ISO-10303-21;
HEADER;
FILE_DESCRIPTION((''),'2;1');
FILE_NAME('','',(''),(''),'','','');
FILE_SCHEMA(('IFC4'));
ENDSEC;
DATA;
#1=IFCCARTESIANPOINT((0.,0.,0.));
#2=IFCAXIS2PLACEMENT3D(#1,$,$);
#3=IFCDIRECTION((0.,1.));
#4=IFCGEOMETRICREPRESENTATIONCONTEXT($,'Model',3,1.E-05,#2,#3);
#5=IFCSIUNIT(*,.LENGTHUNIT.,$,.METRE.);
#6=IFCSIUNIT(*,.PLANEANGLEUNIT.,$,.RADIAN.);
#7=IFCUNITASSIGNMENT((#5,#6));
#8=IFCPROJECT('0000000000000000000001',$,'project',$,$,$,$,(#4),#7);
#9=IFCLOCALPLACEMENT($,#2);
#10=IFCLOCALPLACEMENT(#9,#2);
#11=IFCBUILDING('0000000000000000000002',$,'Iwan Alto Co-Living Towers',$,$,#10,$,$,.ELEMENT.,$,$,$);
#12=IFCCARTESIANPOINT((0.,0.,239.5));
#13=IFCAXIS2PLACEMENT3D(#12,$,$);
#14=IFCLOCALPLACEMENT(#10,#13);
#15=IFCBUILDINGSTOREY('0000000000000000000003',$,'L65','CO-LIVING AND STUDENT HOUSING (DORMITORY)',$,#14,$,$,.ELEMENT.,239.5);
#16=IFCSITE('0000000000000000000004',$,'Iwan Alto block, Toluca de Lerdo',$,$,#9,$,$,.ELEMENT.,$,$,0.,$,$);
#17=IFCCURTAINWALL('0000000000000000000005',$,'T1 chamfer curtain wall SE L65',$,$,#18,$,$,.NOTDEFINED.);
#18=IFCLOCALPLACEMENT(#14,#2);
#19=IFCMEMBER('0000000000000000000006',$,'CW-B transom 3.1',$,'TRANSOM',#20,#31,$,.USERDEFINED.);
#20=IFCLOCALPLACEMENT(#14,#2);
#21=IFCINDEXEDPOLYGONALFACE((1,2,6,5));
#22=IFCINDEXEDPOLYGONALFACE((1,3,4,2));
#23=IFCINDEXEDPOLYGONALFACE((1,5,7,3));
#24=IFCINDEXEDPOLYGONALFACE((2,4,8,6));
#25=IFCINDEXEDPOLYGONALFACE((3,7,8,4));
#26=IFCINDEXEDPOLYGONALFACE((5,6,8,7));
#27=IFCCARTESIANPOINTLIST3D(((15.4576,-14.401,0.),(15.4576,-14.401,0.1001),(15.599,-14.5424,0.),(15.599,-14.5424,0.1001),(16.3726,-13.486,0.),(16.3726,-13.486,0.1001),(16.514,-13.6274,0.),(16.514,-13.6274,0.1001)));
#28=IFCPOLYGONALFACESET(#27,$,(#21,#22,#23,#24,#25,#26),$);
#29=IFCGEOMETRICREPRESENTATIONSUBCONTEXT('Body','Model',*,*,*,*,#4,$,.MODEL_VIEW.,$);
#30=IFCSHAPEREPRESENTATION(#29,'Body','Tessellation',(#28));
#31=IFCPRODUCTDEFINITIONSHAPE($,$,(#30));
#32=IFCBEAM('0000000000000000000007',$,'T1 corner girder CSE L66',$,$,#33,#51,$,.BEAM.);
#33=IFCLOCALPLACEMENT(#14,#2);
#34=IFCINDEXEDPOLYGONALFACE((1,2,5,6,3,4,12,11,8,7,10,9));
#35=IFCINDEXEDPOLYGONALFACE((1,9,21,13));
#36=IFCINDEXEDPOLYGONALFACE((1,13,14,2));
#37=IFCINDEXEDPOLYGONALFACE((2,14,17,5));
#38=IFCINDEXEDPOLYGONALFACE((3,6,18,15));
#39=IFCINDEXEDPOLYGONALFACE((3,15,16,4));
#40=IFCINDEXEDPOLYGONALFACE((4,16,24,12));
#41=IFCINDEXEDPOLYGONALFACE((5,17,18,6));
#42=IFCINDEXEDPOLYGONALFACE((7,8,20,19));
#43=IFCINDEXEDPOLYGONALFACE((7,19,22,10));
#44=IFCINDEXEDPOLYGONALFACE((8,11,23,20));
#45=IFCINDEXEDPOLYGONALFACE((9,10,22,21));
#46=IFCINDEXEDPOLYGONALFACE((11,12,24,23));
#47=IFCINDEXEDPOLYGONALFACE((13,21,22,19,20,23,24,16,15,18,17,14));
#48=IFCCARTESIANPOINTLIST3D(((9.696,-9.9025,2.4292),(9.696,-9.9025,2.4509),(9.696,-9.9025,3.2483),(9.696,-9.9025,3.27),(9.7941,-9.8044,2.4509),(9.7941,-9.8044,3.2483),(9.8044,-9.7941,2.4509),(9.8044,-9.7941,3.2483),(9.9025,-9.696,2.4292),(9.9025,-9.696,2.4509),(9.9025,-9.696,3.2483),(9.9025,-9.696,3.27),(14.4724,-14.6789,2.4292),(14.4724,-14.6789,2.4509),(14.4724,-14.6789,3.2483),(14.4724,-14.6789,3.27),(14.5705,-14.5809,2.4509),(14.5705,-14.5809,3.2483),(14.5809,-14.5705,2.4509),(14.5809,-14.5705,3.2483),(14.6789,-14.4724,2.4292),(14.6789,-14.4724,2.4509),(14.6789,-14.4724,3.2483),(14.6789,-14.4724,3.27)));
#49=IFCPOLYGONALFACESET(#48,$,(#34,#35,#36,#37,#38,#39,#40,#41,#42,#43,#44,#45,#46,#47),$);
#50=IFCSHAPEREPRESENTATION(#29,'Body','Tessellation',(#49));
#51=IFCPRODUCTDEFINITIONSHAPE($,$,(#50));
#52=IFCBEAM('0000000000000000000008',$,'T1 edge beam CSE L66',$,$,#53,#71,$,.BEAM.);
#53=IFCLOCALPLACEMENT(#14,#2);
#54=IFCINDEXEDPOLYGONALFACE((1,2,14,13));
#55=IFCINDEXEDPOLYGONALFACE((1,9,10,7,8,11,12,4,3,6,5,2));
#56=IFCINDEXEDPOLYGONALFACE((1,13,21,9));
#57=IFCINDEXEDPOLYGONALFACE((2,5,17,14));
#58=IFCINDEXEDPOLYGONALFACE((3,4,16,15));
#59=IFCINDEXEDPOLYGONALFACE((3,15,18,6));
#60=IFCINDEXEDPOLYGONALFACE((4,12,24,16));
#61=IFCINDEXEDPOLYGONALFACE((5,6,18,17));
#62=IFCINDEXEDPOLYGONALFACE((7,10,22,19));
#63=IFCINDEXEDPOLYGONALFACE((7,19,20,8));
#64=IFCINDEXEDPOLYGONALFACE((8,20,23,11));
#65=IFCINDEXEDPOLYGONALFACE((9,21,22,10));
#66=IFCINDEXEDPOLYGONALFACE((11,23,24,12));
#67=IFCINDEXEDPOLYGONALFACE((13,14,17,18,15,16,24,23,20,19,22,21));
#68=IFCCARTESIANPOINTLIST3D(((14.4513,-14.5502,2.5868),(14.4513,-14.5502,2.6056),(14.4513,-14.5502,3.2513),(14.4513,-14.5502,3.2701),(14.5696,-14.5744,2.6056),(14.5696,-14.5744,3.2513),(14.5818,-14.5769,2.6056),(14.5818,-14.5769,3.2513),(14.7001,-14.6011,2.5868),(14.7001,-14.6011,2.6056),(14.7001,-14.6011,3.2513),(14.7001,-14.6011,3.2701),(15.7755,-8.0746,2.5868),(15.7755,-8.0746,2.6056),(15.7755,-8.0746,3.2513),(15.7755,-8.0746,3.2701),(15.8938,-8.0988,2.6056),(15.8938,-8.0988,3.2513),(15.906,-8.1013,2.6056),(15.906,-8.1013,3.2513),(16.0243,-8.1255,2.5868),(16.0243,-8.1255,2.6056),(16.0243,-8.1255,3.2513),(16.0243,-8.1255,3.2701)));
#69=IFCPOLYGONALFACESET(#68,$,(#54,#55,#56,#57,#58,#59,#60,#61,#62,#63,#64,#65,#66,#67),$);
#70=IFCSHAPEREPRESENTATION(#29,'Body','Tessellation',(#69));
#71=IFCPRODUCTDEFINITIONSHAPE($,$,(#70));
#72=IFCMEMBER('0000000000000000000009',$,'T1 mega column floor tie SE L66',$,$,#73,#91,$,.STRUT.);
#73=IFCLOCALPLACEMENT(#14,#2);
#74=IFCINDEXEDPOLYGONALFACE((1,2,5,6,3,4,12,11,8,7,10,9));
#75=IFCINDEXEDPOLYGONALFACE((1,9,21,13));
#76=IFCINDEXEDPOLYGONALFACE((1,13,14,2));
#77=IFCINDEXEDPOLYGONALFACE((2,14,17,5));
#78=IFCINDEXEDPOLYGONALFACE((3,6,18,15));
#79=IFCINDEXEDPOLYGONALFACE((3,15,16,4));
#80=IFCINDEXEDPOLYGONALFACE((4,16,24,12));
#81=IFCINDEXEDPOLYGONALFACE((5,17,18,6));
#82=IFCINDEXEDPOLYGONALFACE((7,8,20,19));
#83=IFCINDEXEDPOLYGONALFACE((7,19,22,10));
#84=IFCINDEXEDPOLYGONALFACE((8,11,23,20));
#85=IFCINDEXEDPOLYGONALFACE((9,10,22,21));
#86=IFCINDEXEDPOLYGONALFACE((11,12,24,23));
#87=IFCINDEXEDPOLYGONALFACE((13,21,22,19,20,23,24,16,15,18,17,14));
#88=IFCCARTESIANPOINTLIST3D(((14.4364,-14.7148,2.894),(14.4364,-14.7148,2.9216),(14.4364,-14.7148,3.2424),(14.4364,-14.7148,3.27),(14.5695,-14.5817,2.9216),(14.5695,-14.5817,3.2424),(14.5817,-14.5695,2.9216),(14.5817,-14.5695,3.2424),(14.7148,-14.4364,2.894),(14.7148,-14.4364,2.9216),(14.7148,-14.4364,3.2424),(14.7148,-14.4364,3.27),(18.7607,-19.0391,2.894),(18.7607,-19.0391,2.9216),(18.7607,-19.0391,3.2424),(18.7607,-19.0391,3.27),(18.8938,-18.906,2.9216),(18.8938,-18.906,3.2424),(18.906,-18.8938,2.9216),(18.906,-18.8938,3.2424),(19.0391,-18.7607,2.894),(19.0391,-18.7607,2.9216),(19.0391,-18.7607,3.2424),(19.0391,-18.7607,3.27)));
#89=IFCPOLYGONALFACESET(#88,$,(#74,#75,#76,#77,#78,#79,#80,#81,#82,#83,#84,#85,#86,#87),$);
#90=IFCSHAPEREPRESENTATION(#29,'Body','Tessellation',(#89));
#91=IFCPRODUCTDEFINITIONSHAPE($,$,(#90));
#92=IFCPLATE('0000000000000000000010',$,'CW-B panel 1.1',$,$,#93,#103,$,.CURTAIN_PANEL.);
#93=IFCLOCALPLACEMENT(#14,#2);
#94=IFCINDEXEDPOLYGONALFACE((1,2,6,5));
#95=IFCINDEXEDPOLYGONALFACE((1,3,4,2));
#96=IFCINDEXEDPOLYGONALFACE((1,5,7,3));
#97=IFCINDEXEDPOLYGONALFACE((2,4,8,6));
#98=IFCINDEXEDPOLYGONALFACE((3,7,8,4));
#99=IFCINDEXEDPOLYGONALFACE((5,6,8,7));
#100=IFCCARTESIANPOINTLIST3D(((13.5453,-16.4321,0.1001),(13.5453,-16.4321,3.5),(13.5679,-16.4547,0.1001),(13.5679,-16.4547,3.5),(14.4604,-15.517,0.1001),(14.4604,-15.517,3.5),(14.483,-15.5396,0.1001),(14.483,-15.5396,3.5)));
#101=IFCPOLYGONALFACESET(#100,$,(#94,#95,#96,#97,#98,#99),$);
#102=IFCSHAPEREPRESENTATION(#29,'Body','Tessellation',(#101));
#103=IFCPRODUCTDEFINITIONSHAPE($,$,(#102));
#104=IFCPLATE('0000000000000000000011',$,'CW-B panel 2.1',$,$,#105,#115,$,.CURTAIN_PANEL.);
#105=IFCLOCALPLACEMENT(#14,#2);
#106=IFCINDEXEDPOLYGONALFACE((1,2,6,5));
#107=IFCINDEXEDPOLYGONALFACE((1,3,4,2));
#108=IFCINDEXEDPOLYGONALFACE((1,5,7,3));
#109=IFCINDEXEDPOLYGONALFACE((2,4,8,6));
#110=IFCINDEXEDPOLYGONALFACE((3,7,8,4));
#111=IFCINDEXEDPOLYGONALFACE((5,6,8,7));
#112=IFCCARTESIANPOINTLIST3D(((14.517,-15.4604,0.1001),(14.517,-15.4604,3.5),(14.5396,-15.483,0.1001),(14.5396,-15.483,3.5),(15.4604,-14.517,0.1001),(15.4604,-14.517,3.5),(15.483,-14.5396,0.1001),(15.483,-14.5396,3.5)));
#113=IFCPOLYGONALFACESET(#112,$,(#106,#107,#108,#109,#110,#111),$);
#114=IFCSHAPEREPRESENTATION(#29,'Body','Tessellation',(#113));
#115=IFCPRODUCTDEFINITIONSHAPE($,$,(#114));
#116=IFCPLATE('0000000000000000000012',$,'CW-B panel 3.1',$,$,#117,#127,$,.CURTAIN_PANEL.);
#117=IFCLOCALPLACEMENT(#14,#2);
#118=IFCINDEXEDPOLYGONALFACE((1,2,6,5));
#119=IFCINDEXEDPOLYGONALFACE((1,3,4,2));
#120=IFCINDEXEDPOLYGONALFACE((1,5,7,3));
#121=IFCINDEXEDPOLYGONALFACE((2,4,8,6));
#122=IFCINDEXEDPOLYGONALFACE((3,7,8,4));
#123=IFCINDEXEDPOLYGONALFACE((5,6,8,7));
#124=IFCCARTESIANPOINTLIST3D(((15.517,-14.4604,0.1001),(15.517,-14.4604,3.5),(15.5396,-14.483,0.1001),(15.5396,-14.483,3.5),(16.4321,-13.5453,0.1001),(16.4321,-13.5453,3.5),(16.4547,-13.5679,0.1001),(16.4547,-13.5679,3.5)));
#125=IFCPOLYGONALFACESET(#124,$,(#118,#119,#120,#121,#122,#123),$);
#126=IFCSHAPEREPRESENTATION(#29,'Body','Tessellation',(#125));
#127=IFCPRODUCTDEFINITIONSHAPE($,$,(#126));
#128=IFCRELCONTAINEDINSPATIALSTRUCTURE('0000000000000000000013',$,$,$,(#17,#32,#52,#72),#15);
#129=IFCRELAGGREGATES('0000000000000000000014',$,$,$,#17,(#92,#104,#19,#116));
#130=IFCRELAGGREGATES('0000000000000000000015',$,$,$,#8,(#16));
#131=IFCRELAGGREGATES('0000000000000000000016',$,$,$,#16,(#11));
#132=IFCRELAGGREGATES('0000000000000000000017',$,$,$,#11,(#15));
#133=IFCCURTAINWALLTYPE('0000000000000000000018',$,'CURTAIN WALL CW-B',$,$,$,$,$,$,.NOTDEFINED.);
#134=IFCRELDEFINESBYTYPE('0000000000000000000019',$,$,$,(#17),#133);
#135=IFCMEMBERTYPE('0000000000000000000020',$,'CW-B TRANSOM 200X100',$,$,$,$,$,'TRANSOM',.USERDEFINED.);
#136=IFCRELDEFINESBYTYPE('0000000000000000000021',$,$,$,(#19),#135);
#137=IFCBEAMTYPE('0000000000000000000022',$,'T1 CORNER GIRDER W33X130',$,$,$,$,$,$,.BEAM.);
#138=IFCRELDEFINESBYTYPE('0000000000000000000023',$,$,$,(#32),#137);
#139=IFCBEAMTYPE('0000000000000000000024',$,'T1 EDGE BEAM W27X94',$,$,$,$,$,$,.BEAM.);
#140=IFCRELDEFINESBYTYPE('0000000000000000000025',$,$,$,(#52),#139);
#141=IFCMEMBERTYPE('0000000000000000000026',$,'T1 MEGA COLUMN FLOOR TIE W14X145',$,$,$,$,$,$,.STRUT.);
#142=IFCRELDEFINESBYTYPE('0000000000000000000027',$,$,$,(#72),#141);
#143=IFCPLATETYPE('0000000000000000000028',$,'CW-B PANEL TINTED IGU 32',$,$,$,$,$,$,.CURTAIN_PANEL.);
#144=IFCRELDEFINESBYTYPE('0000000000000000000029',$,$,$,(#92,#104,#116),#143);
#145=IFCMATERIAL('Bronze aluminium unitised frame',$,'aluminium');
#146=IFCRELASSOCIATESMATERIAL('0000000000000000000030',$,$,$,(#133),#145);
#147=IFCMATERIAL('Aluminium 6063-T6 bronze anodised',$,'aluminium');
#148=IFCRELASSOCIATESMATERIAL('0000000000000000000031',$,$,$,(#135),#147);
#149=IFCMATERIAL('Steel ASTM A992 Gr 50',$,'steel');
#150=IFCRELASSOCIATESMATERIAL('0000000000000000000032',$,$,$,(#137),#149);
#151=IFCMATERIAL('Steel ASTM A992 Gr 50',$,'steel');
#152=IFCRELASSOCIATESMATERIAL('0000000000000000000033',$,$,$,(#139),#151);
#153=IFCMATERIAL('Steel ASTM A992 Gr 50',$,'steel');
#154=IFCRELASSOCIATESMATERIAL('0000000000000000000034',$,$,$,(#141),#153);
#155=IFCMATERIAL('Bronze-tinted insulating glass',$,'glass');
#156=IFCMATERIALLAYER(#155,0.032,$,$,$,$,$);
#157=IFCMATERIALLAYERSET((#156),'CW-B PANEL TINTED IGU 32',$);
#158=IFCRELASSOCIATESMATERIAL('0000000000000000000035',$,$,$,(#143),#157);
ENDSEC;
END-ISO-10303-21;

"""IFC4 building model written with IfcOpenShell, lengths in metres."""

from ifc_helpers import new_model, si_unit, direction, frame, origin, origin_2d, place, context, subcontext, project, spatial, rectangle, i_section, extrude, material, layer, layer_set, material_profile, profile_set, type_object, element, aggregate, save


model = new_model("IFC4")

# Units and contexts
model_context = context("Model", 3, precision=1e-05, world=origin(), true_north=direction((0.0, 1.0)))
body_context = subcontext(model_context, "Body", "Model", "MODEL_VIEW")
ifc_project = project(units=[si_unit("LENGTHUNIT", "METRE"), si_unit("PLANEANGLEUNIT", "RADIAN")], contexts=[model_context])

# Site, building, storey
site_placement = place(None, origin())
site = spatial("IfcSite", under=ifc_project, at=site_placement, Name="Iwan Alto block, Toluca de Lerdo", CompositionType="ELEMENT", RefElevation=0.0)
building_placement = place(site_placement, origin())
building = spatial("IfcBuilding", under=site, at=building_placement, Name="Iwan Alto Co-Living Towers", CompositionType="ELEMENT")
storey_placement = place(building_placement, frame((0.0, 0.0, 239.5)))
storey = spatial("IfcBuildingStorey", under=building, at=storey_placement, Name="L65", Description="CO-LIVING AND STUDENT HOUSING (DORMITORY)", CompositionType="ELEMENT", Elevation=239.5)

# Curtain wall, member
ifc_material_1 = material(Name="Bronze aluminium unitised frame", Category="aluminium")
curtain_wall_type_1 = type_object("IfcCurtainWallType", Name="CURTAIN WALL CW-B", PredefinedType="NOTDEFINED", material=ifc_material_1)
curtain_wall_1_placement = place(storey_placement, origin())
curtain_wall_1 = element("IfcCurtainWall", 1, at=curtain_wall_1_placement, inside=storey, type_object=curtain_wall_type_1, Name="T1 chamfer curtain wall SE L65", PredefinedType="NOTDEFINED")
ifc_material_2 = material(Name="Aluminium 6063-T6 bronze anodised", Category="aluminium")
ifc_material_profile_1 = material_profile(ifc_material_2, rectangle(XDim=0.2, YDim=0.1001, at=origin_2d()), Name="AL 200X100")
ifc_profile_set_1 = profile_set([ifc_material_profile_1], Name="Aluminium 6063-T6 bronze anodised")
member_type_1 = type_object("IfcMemberType", Name="CW-B TRANSOM 200X100", ElementType="TRANSOM", PredefinedType="USERDEFINED", material=ifc_profile_set_1)
member_1_placement = place(storey_placement, frame((15.5283, -14.4717, 0.05), z_axis=(0.707107, 0.707107, 0.0), x_axis=(-0.707107, 0.707107, 0.0)))
member_1 = element("IfcMember", 2, at=member_1_placement, type_object=member_type_1, Name="CW-B transom 3.1", ObjectType="TRANSOM", PredefinedType="USERDEFINED", context=body_context, shape_type="SweptSolid", body=[
    extrude(rectangle(XDim=0.2, YDim=0.1001, at=origin_2d()), origin(), (0.0, 0.0, 1.0), 1.2939),
])

# Beams
ifc_material_3 = material(Name="Steel ASTM A992 Gr 50", Category="steel")
ifc_material_profile_2 = material_profile(ifc_material_3, i_section(OverallWidth=0.292, OverallDepth=0.8408, WebThickness=0.0146, FlangeThickness=0.0217, at=origin_2d()), Name="W33X130")
ifc_profile_set_2 = profile_set([ifc_material_profile_2], Name="Steel ASTM A992 Gr 50")
beam_type_1 = type_object("IfcBeamType", Name="T1 CORNER GIRDER W33X130", PredefinedType="BEAM", material=ifc_profile_set_2)
beam_1_placement = place(storey_placement, frame((14.5757, -14.5757, 2.8496), z_axis=(-0.707107, 0.707107, 0.0), x_axis=(-0.707107, -0.707107, 0.0)))
element("IfcBeam", 3, at=beam_1_placement, inside=storey, type_object=beam_type_1, Name="T1 corner girder CSE L66", PredefinedType="BEAM", context=body_context, shape_type="SweptSolid", body=[
    extrude(i_section(OverallWidth=0.292, OverallDepth=0.8408, WebThickness=0.0146, FlangeThickness=0.0217, at=origin_2d()), origin(), (0.0, 0.0, 1.0), 6.7549),
])
ifc_material_4 = material(Name="Steel ASTM A992 Gr 50", Category="steel")
ifc_material_profile_3 = material_profile(ifc_material_4, i_section(OverallWidth=0.2539, OverallDepth=0.6833, WebThickness=0.0125, FlangeThickness=0.0188, at=origin_2d()), Name="W27X94")
ifc_profile_set_3 = profile_set([ifc_material_profile_3], Name="Steel ASTM A992 Gr 50")
beam_type_2 = type_object("IfcBeamType", Name="T1 EDGE BEAM W27X94", PredefinedType="BEAM", material=ifc_profile_set_3)
beam_2_placement = place(storey_placement, frame((14.5757, -14.5757, 2.9285), z_axis=(0.200348, 0.979725, 0.0), x_axis=(-0.979725, 0.200348, 0.0)))
element("IfcBeam", 4, at=beam_2_placement, inside=storey, type_object=beam_type_2, Name="T1 edge beam CSE L66", PredefinedType="BEAM", context=body_context, shape_type="SweptSolid", body=[
    extrude(i_section(OverallWidth=0.2539, OverallDepth=0.6833, WebThickness=0.0125, FlangeThickness=0.0188, at=origin_2d()), origin(), (0.0, 0.0, 1.0), 6.6096),
])

# Member
ifc_material_5 = material(Name="Steel ASTM A992 Gr 50", Category="steel")
ifc_material_profile_4 = material_profile(ifc_material_5, i_section(OverallWidth=0.3938, OverallDepth=0.376, WebThickness=0.0173, FlangeThickness=0.0276, at=origin_2d()), Name="W14X145")
ifc_profile_set_4 = profile_set([ifc_material_profile_4], Name="Steel ASTM A992 Gr 50")
member_type_2 = type_object("IfcMemberType", Name="T1 MEGA COLUMN FLOOR TIE W14X145", PredefinedType="STRUT", material=ifc_profile_set_4)
member_2_placement = place(storey_placement, frame((18.8999, -18.8999, 3.082), z_axis=(-0.707107, 0.707107, 0.0), x_axis=(-0.707107, -0.707107, 0.0)))
element("IfcMember", 5, at=member_2_placement, inside=storey, type_object=member_type_2, Name="T1 mega column floor tie SE L66", PredefinedType="STRUT", context=body_context, shape_type="SweptSolid", body=[
    extrude(i_section(OverallWidth=0.3938, OverallDepth=0.376, WebThickness=0.0173, FlangeThickness=0.0276, at=origin_2d()), origin(), (0.0, 0.0, 1.0), 6.1155),
])

# Plates
ifc_material_6 = material(Name="Bronze-tinted insulating glass", Category="glass")
ifc_layer = layer(ifc_material_6, 0.032)
ifc_layer_set = layer_set([ifc_layer], Name="CW-B PANEL TINTED IGU 32")
plate_type = type_object("IfcPlateType", Name="CW-B PANEL TINTED IGU 32", PredefinedType="CURTAIN_PANEL", material=ifc_layer_set)
plate_1_placement = place(storey_placement, frame((14.0142, -15.9858, 0.1001), z_axis=(0.0, 0.0, 1.0), x_axis=(0.707107, 0.707107, 0.0)))
plate_1 = element("IfcPlate", 6, at=plate_1_placement, type_object=plate_type, Name="CW-B panel 1.1", PredefinedType="CURTAIN_PANEL", context=body_context, shape_type="SweptSolid", body=[
    extrude(rectangle(XDim=1.2942, YDim=0.032, at=origin_2d()), origin(), (0.0, 0.0, 1.0), 3.3999),
])
plate_2_placement = place(storey_placement, frame((15.0, -15.0, 0.1001), z_axis=(0.0, 0.0, 1.0), x_axis=(0.707107, 0.707107, 0.0)))
plate_2 = element("IfcPlate", 7, at=plate_2_placement, type_object=plate_type, Name="CW-B panel 2.1", PredefinedType="CURTAIN_PANEL", context=body_context, shape_type="SweptSolid", body=[
    extrude(rectangle(XDim=1.3342, YDim=0.032, at=origin_2d()), origin(), (0.0, 0.0, 1.0), 3.3999),
])
plate_3_placement = place(storey_placement, frame((15.9858, -14.0142, 0.1001), z_axis=(0.0, 0.0, 1.0), x_axis=(0.707107, 0.707107, 0.0)))
plate_3 = element("IfcPlate", 8, at=plate_3_placement, type_object=plate_type, Name="CW-B panel 3.1", PredefinedType="CURTAIN_PANEL", context=body_context, shape_type="SweptSolid", body=[
    extrude(rectangle(XDim=1.2942, YDim=0.032, at=origin_2d()), origin(), (0.0, 0.0, 1.0), 3.3999),
])
aggregate(curtain_wall_1, [plate_1, plate_2, member_1, plate_3])

save(model, "model.ifc")
